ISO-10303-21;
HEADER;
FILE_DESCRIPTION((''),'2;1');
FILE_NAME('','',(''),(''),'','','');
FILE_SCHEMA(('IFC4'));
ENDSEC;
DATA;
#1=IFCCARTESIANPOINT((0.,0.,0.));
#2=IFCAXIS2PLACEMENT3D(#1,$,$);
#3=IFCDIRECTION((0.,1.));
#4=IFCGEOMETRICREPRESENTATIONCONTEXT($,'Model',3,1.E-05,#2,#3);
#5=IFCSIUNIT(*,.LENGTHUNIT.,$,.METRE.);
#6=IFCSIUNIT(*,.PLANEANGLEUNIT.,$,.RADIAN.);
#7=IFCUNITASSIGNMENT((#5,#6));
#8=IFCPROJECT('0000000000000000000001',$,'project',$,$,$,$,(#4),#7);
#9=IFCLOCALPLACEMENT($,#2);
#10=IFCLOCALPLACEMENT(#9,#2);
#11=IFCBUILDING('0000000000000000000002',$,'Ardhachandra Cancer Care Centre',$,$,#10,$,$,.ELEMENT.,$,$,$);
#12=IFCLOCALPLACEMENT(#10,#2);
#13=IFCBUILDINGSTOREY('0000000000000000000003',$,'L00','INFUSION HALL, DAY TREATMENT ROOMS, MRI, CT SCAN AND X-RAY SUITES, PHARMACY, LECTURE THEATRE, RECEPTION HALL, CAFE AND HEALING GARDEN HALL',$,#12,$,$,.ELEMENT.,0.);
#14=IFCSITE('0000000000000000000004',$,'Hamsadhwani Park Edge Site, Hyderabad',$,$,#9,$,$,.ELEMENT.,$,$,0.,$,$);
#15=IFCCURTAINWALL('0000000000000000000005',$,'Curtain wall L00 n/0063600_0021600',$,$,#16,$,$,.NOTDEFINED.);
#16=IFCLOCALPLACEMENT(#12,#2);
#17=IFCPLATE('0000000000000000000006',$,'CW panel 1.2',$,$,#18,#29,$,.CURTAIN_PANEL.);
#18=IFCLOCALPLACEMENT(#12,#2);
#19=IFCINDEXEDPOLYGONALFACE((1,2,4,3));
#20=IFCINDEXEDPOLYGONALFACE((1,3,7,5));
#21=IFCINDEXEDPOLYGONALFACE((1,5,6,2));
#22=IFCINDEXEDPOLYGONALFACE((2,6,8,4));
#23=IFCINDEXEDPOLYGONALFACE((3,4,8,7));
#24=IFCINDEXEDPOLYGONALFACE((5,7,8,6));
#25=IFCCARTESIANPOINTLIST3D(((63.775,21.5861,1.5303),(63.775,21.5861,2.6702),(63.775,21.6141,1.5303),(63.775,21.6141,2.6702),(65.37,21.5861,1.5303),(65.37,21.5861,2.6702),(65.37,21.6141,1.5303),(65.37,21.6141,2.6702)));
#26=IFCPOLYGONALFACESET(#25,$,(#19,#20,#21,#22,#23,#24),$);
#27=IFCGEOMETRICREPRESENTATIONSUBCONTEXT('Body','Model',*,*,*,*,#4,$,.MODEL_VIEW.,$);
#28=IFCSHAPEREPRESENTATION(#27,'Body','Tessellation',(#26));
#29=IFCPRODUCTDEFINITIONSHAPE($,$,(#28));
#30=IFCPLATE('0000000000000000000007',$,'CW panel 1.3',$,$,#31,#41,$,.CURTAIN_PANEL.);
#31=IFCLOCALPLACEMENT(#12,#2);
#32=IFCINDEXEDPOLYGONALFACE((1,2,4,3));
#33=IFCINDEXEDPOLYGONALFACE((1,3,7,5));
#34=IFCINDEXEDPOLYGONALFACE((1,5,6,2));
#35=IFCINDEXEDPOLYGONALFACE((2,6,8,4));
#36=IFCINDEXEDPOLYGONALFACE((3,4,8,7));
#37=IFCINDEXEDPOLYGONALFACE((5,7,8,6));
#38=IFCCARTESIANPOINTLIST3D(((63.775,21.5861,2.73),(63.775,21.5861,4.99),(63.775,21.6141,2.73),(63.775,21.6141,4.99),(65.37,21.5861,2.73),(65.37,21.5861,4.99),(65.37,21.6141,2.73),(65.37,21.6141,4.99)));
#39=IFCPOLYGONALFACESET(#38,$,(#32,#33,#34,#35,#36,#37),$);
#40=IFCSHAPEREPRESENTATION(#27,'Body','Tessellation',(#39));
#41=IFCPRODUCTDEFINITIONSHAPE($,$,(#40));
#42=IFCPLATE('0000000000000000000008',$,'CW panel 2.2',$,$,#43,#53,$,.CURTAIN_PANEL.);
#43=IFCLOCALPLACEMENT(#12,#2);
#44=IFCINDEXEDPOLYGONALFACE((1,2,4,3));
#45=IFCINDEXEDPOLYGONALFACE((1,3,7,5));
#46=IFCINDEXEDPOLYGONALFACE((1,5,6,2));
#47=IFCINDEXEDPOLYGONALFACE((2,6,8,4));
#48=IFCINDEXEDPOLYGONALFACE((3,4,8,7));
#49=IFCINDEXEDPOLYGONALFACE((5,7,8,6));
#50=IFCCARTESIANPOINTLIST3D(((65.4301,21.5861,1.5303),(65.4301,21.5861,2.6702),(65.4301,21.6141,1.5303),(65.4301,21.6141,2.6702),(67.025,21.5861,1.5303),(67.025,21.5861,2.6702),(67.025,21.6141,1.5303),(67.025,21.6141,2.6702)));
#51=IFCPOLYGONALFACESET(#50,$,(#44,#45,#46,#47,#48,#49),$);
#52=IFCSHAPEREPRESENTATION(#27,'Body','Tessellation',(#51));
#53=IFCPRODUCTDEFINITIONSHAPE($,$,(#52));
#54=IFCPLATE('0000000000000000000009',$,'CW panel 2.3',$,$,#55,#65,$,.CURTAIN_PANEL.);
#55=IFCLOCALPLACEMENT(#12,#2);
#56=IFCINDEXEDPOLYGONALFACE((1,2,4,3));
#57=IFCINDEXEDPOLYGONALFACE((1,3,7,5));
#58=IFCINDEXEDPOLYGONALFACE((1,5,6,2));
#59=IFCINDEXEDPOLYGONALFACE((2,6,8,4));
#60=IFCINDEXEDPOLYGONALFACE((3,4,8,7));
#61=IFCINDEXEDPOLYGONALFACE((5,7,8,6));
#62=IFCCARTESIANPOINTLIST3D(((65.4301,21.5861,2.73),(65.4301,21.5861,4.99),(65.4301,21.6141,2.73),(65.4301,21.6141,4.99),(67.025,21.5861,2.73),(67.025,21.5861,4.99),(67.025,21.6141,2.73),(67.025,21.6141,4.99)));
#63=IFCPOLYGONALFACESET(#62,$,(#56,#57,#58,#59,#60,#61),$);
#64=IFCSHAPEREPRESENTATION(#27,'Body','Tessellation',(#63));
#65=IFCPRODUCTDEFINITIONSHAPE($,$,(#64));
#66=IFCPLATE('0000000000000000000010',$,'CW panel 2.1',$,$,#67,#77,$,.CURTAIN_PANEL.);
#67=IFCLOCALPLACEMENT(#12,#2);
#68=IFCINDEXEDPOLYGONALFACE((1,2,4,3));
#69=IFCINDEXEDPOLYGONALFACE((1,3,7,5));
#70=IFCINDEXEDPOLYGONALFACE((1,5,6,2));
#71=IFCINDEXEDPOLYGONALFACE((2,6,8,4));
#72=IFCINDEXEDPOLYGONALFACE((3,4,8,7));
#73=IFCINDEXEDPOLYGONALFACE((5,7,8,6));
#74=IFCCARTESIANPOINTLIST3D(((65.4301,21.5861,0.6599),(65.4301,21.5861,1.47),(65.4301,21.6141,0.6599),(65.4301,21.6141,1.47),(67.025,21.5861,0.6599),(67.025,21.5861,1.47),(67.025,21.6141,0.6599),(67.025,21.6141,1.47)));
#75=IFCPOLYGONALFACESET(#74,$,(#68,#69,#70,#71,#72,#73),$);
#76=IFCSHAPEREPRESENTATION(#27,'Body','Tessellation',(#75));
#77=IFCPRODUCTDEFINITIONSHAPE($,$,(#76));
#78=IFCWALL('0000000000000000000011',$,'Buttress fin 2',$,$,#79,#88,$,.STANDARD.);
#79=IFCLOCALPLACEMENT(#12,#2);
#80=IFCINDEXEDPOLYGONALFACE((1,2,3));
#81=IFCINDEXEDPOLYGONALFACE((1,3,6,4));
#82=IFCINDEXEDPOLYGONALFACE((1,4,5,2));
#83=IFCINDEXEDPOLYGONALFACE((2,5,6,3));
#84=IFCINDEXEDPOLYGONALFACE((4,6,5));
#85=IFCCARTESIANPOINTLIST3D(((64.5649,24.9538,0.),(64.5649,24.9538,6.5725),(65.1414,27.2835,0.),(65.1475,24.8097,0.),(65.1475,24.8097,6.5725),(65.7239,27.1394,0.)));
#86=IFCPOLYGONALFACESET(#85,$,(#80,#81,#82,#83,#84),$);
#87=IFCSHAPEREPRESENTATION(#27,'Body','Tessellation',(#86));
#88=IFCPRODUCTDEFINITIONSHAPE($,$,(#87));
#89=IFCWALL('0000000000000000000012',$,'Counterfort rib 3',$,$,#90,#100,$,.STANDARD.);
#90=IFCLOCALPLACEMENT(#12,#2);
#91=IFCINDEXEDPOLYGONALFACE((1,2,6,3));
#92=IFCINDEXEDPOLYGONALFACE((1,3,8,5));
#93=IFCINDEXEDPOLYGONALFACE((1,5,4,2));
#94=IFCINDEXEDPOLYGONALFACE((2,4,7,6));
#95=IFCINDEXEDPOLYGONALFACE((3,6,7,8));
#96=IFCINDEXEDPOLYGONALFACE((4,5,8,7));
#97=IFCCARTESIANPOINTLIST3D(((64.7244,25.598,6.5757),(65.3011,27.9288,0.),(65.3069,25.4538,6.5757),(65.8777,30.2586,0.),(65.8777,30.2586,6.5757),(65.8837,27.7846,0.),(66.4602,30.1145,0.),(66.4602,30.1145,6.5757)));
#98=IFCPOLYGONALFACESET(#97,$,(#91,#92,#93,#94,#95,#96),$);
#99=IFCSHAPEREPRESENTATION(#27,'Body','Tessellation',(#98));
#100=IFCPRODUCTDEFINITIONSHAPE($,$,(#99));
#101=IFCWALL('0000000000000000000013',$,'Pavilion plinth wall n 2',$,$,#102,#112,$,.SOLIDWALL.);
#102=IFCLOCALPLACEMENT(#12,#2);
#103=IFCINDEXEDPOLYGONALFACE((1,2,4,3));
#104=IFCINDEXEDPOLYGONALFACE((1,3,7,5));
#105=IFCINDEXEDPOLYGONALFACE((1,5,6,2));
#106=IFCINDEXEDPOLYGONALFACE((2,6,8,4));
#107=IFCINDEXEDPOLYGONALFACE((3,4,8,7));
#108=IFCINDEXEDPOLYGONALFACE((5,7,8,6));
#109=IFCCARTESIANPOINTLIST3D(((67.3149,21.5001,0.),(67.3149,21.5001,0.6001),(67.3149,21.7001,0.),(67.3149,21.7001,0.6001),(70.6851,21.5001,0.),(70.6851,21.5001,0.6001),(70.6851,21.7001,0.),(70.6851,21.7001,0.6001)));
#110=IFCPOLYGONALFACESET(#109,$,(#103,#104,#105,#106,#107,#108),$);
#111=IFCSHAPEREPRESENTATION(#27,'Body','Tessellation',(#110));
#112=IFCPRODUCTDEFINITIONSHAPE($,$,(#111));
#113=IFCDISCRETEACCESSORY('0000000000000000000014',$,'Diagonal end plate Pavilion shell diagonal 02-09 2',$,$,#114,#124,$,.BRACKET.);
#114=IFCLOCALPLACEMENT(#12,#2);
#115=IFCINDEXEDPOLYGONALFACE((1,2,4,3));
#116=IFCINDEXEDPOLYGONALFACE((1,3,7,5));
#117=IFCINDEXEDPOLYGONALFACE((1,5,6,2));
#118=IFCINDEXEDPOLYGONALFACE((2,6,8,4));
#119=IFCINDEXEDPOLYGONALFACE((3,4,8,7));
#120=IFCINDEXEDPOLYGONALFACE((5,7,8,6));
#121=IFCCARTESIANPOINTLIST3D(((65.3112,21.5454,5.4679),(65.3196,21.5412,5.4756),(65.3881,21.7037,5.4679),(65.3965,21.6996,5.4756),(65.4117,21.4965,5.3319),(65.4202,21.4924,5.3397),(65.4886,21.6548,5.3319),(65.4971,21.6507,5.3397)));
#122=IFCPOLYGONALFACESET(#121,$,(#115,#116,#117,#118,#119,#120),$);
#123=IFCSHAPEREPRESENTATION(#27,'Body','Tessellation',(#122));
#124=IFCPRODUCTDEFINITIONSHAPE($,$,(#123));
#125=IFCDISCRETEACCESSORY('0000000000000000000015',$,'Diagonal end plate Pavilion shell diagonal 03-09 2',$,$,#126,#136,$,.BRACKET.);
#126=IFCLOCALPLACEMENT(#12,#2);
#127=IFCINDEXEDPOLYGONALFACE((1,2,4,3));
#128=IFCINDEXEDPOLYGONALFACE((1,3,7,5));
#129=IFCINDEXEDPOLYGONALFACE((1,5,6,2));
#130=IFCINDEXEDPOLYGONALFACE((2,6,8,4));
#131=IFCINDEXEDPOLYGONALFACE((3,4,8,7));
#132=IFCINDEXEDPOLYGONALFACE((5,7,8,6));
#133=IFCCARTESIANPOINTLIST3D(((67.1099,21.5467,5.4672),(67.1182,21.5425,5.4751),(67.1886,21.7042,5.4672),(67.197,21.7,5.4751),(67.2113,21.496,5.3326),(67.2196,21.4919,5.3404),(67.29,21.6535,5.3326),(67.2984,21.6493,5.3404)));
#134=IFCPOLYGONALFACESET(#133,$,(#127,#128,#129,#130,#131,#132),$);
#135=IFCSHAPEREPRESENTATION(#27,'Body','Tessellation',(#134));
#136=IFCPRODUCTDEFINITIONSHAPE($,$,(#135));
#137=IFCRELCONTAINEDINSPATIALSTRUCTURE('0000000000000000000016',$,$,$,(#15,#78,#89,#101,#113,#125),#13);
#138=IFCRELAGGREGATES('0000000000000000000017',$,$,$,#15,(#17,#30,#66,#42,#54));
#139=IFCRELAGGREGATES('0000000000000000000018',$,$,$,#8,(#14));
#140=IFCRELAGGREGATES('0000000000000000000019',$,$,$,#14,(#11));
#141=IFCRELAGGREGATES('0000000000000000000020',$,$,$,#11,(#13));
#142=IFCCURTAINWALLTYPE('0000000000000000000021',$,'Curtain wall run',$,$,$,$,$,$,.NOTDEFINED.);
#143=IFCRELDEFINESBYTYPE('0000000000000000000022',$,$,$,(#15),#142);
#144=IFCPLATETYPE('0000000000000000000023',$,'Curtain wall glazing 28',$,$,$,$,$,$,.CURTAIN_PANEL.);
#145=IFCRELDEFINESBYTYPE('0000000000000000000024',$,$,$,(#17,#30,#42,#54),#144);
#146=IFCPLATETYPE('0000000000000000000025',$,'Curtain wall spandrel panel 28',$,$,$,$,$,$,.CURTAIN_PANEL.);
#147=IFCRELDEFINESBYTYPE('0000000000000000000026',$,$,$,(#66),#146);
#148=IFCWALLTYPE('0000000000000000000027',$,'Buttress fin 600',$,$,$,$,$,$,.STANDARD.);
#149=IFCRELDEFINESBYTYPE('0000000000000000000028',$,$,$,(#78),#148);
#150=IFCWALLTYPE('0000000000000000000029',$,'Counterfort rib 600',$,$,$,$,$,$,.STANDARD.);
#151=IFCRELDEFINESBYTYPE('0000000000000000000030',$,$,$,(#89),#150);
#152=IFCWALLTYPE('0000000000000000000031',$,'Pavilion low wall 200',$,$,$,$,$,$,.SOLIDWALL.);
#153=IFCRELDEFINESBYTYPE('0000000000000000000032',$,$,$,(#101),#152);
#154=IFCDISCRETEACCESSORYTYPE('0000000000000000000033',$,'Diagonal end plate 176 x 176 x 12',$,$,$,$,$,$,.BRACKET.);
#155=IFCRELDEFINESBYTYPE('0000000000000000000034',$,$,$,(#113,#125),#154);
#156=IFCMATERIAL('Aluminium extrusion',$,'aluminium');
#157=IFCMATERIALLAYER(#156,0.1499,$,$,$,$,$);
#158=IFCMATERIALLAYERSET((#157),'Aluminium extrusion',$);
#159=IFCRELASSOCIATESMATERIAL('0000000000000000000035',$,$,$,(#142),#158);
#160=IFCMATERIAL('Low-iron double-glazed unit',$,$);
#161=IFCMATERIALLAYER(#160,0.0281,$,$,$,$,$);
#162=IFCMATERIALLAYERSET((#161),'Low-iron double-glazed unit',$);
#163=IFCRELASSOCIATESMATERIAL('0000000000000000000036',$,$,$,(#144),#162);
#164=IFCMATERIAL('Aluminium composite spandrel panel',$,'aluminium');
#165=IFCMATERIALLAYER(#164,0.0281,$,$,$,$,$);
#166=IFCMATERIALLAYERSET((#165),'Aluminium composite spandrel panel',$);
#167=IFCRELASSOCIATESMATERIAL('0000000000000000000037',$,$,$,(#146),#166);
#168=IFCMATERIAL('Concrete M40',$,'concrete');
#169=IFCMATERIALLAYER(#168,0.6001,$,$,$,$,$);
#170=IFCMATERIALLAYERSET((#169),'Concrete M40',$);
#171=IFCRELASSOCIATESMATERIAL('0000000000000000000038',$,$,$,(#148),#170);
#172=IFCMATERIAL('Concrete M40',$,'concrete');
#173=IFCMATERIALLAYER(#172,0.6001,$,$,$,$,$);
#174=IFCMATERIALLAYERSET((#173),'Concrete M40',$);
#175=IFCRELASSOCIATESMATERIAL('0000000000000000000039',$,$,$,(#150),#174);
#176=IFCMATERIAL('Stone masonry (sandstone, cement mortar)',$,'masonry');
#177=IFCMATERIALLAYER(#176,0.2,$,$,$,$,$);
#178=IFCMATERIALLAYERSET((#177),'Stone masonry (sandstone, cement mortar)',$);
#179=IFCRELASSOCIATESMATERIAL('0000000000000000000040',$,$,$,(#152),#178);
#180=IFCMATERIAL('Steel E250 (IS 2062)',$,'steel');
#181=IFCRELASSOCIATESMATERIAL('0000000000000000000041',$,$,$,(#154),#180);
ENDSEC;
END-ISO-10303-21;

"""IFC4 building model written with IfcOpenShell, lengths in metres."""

from ifc_helpers import new_model, si_unit, direction, frame, frame_2d, origin, origin_2d, place, context, subcontext, project, spatial, polyline, rectangle, outline, extrude, material, layer, layer_set, material_profile, profile_set, type_object, element, aggregate, save


model = new_model("IFC4")

# Units and contexts
model_context = context("Model", 3, precision=1e-05, world=origin(), true_north=direction((0.0, 1.0)))
body_context = subcontext(model_context, "Body", "Model", "MODEL_VIEW")
ifc_project = project(units=[si_unit("LENGTHUNIT", "METRE"), si_unit("PLANEANGLEUNIT", "RADIAN")], contexts=[model_context])

# Site, building, storey
site_placement = place(None, origin())
site = spatial("IfcSite", under=ifc_project, at=site_placement, Name="Hamsadhwani Park Edge Site, Hyderabad", CompositionType="ELEMENT", RefElevation=0.0)
building_placement = place(site_placement, origin())
building = spatial("IfcBuilding", under=site, at=building_placement, Name="Ardhachandra Cancer Care Centre", CompositionType="ELEMENT")
storey_placement = place(building_placement, origin())
storey = spatial("IfcBuildingStorey", under=building, at=storey_placement, Name="L00", Description="INFUSION HALL, DAY TREATMENT ROOMS, MRI, CT SCAN AND X-RAY SUITES, PHARMACY, LECTURE THEATRE, RECEPTION HALL, CAFE AND HEALING GARDEN HALL", CompositionType="ELEMENT", Elevation=0.0)

# Curtain wall
ifc_material_1 = material(Name="Aluminium extrusion", Category="aluminium")
ifc_layer_1 = layer(ifc_material_1, 0.1499)
ifc_layer_set_1 = layer_set([ifc_layer_1], Name="Aluminium extrusion")
curtain_wall_type = type_object("IfcCurtainWallType", Name="Curtain wall run", PredefinedType="NOTDEFINED", material=ifc_layer_set_1)
curtain_wall_1_placement = place(storey_placement, origin())
curtain_wall_1 = element("IfcCurtainWall", 1, at=curtain_wall_1_placement, inside=storey, type_object=curtain_wall_type, Name="Curtain wall L00 n/0063600_0021600", PredefinedType="NOTDEFINED")

# Plates
ifc_material_2 = material(Name="Low-iron double-glazed unit")
ifc_layer_2 = layer(ifc_material_2, 0.0281)
ifc_layer_set_2 = layer_set([ifc_layer_2], Name="Low-iron double-glazed unit")
plate_type_1 = type_object("IfcPlateType", Name="Curtain wall glazing 28", PredefinedType="CURTAIN_PANEL", material=ifc_layer_set_2)
plate_1_placement = place(storey_placement, frame((64.5725, 21.6001, 1.5303), z_axis=(0.0, 0.0, 1.0), x_axis=(1.0, 0.0, 0.0)))
plate_1 = element("IfcPlate", 2, at=plate_1_placement, type_object=plate_type_1, Name="CW panel 1.2", PredefinedType="CURTAIN_PANEL", context=body_context, shape_type="SweptSolid", body=[
    extrude(rectangle(XDim=1.595, YDim=0.0281, at=origin_2d()), origin(), (0.0, 0.0, 1.0), 1.1399),
])
plate_2_placement = place(storey_placement, frame((64.5725, 21.6001, 2.73), z_axis=(0.0, 0.0, 1.0), x_axis=(1.0, 0.0, 0.0)))
plate_2 = element("IfcPlate", 3, at=plate_2_placement, type_object=plate_type_1, Name="CW panel 1.3", PredefinedType="CURTAIN_PANEL", context=body_context, shape_type="SweptSolid", body=[
    extrude(rectangle(XDim=1.595, YDim=0.0281, at=origin_2d()), origin(), (0.0, 0.0, 1.0), 2.26),
])
plate_3_placement = place(storey_placement, frame((66.2275, 21.6001, 1.5303), z_axis=(0.0, 0.0, 1.0), x_axis=(1.0, 0.0, 0.0)))
plate_3 = element("IfcPlate", 4, at=plate_3_placement, type_object=plate_type_1, Name="CW panel 2.2", PredefinedType="CURTAIN_PANEL", context=body_context, shape_type="SweptSolid", body=[
    extrude(rectangle(XDim=1.595, YDim=0.0281, at=origin_2d()), origin(), (0.0, 0.0, 1.0), 1.1399),
])
plate_4_placement = place(storey_placement, frame((66.2275, 21.6001, 2.73), z_axis=(0.0, 0.0, 1.0), x_axis=(1.0, 0.0, 0.0)))
plate_4 = element("IfcPlate", 5, at=plate_4_placement, type_object=plate_type_1, Name="CW panel 2.3", PredefinedType="CURTAIN_PANEL", context=body_context, shape_type="SweptSolid", body=[
    extrude(rectangle(XDim=1.595, YDim=0.0281, at=origin_2d()), origin(), (0.0, 0.0, 1.0), 2.26),
])
ifc_material_3 = material(Name="Aluminium composite spandrel panel", Category="aluminium")
ifc_layer_3 = layer(ifc_material_3, 0.0281)
ifc_layer_set_3 = layer_set([ifc_layer_3], Name="Aluminium composite spandrel panel")
plate_type_2 = type_object("IfcPlateType", Name="Curtain wall spandrel panel 28", PredefinedType="CURTAIN_PANEL", material=ifc_layer_set_3)
plate_5_placement = place(storey_placement, frame((66.2275, 21.6001, 0.6599), z_axis=(0.0, 0.0, 1.0), x_axis=(1.0, 0.0, 0.0)))
plate_5 = element("IfcPlate", 6, at=plate_5_placement, type_object=plate_type_2, Name="CW panel 2.1", PredefinedType="CURTAIN_PANEL", context=body_context, shape_type="SweptSolid", body=[
    extrude(rectangle(XDim=1.595, YDim=0.0281, at=origin_2d()), origin(), (0.0, 0.0, 1.0), 0.8101),
])
aggregate(curtain_wall_1, [plate_1, plate_2, plate_5, plate_3, plate_4])

# Walls
ifc_material_4 = material(Name="Concrete M40", Category="concrete")
ifc_layer_4 = layer(ifc_material_4, 0.6001)
ifc_layer_set_4 = layer_set([ifc_layer_4], Name="Concrete M40")
wall_type_1 = type_object("IfcWallType", Name="Buttress fin 600", PredefinedType="STANDARD", material=ifc_layer_set_4)
wall_1_placement = place(storey_placement, frame((65.4326, 27.2114, 0.0), z_axis=(0.0, 0.0, 1.0), x_axis=(-0.240189, -0.970726, 0.0)))
element("IfcWall", 7, at=wall_1_placement, inside=storey, type_object=wall_type_1, Name="Buttress fin 2", PredefinedType="STANDARD", context=body_context, shape_type="SweptSolid", body=[
    extrude(outline(polyline([(0.0, 0.0), (2.3999, 0.0), (2.3999, 6.5725), (0.0, 0.0)])), frame((0.0, 0.3, 0.0), z_axis=(0.0, -1.0, 0.0), x_axis=(1.0, 0.0, 0.0)), (0.0, 0.0, 1.0), 0.6001),
])
ifc_material_5 = material(Name="Concrete M40", Category="concrete")
ifc_layer_5 = layer(ifc_material_5, 0.6001)
ifc_layer_set_5 = layer_set([ifc_layer_5], Name="Concrete M40")
wall_type_2 = type_object("IfcWallType", Name="Counterfort rib 600", PredefinedType="STANDARD", material=ifc_layer_set_5)
wall_2_placement = place(storey_placement, frame((65.0156, 25.5259, 0.0), z_axis=(0.0, 0.0, 1.0), x_axis=(0.240214, 0.97072, 0.0)))
element("IfcWall", 8, at=wall_2_placement, inside=storey, type_object=wall_type_2, Name="Counterfort rib 3", PredefinedType="STANDARD", context=body_context, shape_type="SweptSolid", body=[
    extrude(outline(polyline([(2.4011, 0.0), (4.8013, 0.0), (4.8013, 6.5757), (0.0, 6.5757), (2.4011, 0.0)])), frame((0.0, 0.3, 0.0), z_axis=(0.0, -1.0, 0.0), x_axis=(1.0, 0.0, 0.0)), (0.0, 0.0, 1.0), 0.6001),
])
ifc_material_6 = material(Name="Stone masonry (sandstone, cement mortar)", Category="masonry")
ifc_layer_6 = layer(ifc_material_6, 0.2)
ifc_layer_set_6 = layer_set([ifc_layer_6], Name="Stone masonry (sandstone, cement mortar)")
wall_type_3 = type_object("IfcWallType", Name="Pavilion low wall 200", PredefinedType="SOLIDWALL", material=ifc_layer_set_6)
wall_3_placement = place(storey_placement, frame((67.3149, 21.6001, 0.0), z_axis=(0.0, 0.0, 1.0), x_axis=(1.0, 0.0, 0.0)))
element("IfcWall", 9, at=wall_3_placement, inside=storey, type_object=wall_type_3, Name="Pavilion plinth wall n 2", PredefinedType="SOLIDWALL", context=body_context, shape_type="SweptSolid", body=[
    extrude(rectangle(XDim=3.3701, YDim=0.2, at=frame_2d((1.6851, 0.0))), origin(), (0.0, 0.0, 1.0), 0.6001),
])

# Discrete accessories
ifc_material_7 = material(Name="Steel E250 (IS 2062)", Category="steel")
ifc_material_profile_1 = material_profile(ifc_material_7, rectangle(XDim=0.176, YDim=0.176, at=origin_2d()), Name="PL 176x176x12")
ifc_profile_set_1 = profile_set([ifc_material_profile_1], Name="Steel E250 (IS 2062)")
discrete_accessory_type = type_object("IfcDiscreteAccessoryType", Name="Diagonal end plate 176 x 176 x 12", PredefinedType="BRACKET", material=ifc_profile_set_1)
for number, where, z_axis, x_axis, name in (
    (10, (65.3999, 21.6001, 5.3999), (0.69474, -0.337445, 0.635191), (0.436904, 0.899508, 0.0), "Diagonal end plate Pavilion shell diagonal 02-09 2"),
    (11, (67.2, 21.6001, 5.3999), (0.684256, -0.342128, 0.644005), (0.447214, 0.894427, 0.0), "Diagonal end plate Pavilion shell diagonal 03-09 2"),
):
    element("IfcDiscreteAccessory", number, at=place(storey_placement, frame(where, z_axis=z_axis, x_axis=x_axis)), inside=storey, type_object=discrete_accessory_type, Name=name, PredefinedType="BRACKET", context=body_context, shape_type="SweptSolid", body=[
        extrude(rectangle(XDim=0.176, YDim=0.176, at=origin_2d()), origin(), (0.0, 0.0, 1.0), 0.0122),
    ])

save(model, "model.ifc")
